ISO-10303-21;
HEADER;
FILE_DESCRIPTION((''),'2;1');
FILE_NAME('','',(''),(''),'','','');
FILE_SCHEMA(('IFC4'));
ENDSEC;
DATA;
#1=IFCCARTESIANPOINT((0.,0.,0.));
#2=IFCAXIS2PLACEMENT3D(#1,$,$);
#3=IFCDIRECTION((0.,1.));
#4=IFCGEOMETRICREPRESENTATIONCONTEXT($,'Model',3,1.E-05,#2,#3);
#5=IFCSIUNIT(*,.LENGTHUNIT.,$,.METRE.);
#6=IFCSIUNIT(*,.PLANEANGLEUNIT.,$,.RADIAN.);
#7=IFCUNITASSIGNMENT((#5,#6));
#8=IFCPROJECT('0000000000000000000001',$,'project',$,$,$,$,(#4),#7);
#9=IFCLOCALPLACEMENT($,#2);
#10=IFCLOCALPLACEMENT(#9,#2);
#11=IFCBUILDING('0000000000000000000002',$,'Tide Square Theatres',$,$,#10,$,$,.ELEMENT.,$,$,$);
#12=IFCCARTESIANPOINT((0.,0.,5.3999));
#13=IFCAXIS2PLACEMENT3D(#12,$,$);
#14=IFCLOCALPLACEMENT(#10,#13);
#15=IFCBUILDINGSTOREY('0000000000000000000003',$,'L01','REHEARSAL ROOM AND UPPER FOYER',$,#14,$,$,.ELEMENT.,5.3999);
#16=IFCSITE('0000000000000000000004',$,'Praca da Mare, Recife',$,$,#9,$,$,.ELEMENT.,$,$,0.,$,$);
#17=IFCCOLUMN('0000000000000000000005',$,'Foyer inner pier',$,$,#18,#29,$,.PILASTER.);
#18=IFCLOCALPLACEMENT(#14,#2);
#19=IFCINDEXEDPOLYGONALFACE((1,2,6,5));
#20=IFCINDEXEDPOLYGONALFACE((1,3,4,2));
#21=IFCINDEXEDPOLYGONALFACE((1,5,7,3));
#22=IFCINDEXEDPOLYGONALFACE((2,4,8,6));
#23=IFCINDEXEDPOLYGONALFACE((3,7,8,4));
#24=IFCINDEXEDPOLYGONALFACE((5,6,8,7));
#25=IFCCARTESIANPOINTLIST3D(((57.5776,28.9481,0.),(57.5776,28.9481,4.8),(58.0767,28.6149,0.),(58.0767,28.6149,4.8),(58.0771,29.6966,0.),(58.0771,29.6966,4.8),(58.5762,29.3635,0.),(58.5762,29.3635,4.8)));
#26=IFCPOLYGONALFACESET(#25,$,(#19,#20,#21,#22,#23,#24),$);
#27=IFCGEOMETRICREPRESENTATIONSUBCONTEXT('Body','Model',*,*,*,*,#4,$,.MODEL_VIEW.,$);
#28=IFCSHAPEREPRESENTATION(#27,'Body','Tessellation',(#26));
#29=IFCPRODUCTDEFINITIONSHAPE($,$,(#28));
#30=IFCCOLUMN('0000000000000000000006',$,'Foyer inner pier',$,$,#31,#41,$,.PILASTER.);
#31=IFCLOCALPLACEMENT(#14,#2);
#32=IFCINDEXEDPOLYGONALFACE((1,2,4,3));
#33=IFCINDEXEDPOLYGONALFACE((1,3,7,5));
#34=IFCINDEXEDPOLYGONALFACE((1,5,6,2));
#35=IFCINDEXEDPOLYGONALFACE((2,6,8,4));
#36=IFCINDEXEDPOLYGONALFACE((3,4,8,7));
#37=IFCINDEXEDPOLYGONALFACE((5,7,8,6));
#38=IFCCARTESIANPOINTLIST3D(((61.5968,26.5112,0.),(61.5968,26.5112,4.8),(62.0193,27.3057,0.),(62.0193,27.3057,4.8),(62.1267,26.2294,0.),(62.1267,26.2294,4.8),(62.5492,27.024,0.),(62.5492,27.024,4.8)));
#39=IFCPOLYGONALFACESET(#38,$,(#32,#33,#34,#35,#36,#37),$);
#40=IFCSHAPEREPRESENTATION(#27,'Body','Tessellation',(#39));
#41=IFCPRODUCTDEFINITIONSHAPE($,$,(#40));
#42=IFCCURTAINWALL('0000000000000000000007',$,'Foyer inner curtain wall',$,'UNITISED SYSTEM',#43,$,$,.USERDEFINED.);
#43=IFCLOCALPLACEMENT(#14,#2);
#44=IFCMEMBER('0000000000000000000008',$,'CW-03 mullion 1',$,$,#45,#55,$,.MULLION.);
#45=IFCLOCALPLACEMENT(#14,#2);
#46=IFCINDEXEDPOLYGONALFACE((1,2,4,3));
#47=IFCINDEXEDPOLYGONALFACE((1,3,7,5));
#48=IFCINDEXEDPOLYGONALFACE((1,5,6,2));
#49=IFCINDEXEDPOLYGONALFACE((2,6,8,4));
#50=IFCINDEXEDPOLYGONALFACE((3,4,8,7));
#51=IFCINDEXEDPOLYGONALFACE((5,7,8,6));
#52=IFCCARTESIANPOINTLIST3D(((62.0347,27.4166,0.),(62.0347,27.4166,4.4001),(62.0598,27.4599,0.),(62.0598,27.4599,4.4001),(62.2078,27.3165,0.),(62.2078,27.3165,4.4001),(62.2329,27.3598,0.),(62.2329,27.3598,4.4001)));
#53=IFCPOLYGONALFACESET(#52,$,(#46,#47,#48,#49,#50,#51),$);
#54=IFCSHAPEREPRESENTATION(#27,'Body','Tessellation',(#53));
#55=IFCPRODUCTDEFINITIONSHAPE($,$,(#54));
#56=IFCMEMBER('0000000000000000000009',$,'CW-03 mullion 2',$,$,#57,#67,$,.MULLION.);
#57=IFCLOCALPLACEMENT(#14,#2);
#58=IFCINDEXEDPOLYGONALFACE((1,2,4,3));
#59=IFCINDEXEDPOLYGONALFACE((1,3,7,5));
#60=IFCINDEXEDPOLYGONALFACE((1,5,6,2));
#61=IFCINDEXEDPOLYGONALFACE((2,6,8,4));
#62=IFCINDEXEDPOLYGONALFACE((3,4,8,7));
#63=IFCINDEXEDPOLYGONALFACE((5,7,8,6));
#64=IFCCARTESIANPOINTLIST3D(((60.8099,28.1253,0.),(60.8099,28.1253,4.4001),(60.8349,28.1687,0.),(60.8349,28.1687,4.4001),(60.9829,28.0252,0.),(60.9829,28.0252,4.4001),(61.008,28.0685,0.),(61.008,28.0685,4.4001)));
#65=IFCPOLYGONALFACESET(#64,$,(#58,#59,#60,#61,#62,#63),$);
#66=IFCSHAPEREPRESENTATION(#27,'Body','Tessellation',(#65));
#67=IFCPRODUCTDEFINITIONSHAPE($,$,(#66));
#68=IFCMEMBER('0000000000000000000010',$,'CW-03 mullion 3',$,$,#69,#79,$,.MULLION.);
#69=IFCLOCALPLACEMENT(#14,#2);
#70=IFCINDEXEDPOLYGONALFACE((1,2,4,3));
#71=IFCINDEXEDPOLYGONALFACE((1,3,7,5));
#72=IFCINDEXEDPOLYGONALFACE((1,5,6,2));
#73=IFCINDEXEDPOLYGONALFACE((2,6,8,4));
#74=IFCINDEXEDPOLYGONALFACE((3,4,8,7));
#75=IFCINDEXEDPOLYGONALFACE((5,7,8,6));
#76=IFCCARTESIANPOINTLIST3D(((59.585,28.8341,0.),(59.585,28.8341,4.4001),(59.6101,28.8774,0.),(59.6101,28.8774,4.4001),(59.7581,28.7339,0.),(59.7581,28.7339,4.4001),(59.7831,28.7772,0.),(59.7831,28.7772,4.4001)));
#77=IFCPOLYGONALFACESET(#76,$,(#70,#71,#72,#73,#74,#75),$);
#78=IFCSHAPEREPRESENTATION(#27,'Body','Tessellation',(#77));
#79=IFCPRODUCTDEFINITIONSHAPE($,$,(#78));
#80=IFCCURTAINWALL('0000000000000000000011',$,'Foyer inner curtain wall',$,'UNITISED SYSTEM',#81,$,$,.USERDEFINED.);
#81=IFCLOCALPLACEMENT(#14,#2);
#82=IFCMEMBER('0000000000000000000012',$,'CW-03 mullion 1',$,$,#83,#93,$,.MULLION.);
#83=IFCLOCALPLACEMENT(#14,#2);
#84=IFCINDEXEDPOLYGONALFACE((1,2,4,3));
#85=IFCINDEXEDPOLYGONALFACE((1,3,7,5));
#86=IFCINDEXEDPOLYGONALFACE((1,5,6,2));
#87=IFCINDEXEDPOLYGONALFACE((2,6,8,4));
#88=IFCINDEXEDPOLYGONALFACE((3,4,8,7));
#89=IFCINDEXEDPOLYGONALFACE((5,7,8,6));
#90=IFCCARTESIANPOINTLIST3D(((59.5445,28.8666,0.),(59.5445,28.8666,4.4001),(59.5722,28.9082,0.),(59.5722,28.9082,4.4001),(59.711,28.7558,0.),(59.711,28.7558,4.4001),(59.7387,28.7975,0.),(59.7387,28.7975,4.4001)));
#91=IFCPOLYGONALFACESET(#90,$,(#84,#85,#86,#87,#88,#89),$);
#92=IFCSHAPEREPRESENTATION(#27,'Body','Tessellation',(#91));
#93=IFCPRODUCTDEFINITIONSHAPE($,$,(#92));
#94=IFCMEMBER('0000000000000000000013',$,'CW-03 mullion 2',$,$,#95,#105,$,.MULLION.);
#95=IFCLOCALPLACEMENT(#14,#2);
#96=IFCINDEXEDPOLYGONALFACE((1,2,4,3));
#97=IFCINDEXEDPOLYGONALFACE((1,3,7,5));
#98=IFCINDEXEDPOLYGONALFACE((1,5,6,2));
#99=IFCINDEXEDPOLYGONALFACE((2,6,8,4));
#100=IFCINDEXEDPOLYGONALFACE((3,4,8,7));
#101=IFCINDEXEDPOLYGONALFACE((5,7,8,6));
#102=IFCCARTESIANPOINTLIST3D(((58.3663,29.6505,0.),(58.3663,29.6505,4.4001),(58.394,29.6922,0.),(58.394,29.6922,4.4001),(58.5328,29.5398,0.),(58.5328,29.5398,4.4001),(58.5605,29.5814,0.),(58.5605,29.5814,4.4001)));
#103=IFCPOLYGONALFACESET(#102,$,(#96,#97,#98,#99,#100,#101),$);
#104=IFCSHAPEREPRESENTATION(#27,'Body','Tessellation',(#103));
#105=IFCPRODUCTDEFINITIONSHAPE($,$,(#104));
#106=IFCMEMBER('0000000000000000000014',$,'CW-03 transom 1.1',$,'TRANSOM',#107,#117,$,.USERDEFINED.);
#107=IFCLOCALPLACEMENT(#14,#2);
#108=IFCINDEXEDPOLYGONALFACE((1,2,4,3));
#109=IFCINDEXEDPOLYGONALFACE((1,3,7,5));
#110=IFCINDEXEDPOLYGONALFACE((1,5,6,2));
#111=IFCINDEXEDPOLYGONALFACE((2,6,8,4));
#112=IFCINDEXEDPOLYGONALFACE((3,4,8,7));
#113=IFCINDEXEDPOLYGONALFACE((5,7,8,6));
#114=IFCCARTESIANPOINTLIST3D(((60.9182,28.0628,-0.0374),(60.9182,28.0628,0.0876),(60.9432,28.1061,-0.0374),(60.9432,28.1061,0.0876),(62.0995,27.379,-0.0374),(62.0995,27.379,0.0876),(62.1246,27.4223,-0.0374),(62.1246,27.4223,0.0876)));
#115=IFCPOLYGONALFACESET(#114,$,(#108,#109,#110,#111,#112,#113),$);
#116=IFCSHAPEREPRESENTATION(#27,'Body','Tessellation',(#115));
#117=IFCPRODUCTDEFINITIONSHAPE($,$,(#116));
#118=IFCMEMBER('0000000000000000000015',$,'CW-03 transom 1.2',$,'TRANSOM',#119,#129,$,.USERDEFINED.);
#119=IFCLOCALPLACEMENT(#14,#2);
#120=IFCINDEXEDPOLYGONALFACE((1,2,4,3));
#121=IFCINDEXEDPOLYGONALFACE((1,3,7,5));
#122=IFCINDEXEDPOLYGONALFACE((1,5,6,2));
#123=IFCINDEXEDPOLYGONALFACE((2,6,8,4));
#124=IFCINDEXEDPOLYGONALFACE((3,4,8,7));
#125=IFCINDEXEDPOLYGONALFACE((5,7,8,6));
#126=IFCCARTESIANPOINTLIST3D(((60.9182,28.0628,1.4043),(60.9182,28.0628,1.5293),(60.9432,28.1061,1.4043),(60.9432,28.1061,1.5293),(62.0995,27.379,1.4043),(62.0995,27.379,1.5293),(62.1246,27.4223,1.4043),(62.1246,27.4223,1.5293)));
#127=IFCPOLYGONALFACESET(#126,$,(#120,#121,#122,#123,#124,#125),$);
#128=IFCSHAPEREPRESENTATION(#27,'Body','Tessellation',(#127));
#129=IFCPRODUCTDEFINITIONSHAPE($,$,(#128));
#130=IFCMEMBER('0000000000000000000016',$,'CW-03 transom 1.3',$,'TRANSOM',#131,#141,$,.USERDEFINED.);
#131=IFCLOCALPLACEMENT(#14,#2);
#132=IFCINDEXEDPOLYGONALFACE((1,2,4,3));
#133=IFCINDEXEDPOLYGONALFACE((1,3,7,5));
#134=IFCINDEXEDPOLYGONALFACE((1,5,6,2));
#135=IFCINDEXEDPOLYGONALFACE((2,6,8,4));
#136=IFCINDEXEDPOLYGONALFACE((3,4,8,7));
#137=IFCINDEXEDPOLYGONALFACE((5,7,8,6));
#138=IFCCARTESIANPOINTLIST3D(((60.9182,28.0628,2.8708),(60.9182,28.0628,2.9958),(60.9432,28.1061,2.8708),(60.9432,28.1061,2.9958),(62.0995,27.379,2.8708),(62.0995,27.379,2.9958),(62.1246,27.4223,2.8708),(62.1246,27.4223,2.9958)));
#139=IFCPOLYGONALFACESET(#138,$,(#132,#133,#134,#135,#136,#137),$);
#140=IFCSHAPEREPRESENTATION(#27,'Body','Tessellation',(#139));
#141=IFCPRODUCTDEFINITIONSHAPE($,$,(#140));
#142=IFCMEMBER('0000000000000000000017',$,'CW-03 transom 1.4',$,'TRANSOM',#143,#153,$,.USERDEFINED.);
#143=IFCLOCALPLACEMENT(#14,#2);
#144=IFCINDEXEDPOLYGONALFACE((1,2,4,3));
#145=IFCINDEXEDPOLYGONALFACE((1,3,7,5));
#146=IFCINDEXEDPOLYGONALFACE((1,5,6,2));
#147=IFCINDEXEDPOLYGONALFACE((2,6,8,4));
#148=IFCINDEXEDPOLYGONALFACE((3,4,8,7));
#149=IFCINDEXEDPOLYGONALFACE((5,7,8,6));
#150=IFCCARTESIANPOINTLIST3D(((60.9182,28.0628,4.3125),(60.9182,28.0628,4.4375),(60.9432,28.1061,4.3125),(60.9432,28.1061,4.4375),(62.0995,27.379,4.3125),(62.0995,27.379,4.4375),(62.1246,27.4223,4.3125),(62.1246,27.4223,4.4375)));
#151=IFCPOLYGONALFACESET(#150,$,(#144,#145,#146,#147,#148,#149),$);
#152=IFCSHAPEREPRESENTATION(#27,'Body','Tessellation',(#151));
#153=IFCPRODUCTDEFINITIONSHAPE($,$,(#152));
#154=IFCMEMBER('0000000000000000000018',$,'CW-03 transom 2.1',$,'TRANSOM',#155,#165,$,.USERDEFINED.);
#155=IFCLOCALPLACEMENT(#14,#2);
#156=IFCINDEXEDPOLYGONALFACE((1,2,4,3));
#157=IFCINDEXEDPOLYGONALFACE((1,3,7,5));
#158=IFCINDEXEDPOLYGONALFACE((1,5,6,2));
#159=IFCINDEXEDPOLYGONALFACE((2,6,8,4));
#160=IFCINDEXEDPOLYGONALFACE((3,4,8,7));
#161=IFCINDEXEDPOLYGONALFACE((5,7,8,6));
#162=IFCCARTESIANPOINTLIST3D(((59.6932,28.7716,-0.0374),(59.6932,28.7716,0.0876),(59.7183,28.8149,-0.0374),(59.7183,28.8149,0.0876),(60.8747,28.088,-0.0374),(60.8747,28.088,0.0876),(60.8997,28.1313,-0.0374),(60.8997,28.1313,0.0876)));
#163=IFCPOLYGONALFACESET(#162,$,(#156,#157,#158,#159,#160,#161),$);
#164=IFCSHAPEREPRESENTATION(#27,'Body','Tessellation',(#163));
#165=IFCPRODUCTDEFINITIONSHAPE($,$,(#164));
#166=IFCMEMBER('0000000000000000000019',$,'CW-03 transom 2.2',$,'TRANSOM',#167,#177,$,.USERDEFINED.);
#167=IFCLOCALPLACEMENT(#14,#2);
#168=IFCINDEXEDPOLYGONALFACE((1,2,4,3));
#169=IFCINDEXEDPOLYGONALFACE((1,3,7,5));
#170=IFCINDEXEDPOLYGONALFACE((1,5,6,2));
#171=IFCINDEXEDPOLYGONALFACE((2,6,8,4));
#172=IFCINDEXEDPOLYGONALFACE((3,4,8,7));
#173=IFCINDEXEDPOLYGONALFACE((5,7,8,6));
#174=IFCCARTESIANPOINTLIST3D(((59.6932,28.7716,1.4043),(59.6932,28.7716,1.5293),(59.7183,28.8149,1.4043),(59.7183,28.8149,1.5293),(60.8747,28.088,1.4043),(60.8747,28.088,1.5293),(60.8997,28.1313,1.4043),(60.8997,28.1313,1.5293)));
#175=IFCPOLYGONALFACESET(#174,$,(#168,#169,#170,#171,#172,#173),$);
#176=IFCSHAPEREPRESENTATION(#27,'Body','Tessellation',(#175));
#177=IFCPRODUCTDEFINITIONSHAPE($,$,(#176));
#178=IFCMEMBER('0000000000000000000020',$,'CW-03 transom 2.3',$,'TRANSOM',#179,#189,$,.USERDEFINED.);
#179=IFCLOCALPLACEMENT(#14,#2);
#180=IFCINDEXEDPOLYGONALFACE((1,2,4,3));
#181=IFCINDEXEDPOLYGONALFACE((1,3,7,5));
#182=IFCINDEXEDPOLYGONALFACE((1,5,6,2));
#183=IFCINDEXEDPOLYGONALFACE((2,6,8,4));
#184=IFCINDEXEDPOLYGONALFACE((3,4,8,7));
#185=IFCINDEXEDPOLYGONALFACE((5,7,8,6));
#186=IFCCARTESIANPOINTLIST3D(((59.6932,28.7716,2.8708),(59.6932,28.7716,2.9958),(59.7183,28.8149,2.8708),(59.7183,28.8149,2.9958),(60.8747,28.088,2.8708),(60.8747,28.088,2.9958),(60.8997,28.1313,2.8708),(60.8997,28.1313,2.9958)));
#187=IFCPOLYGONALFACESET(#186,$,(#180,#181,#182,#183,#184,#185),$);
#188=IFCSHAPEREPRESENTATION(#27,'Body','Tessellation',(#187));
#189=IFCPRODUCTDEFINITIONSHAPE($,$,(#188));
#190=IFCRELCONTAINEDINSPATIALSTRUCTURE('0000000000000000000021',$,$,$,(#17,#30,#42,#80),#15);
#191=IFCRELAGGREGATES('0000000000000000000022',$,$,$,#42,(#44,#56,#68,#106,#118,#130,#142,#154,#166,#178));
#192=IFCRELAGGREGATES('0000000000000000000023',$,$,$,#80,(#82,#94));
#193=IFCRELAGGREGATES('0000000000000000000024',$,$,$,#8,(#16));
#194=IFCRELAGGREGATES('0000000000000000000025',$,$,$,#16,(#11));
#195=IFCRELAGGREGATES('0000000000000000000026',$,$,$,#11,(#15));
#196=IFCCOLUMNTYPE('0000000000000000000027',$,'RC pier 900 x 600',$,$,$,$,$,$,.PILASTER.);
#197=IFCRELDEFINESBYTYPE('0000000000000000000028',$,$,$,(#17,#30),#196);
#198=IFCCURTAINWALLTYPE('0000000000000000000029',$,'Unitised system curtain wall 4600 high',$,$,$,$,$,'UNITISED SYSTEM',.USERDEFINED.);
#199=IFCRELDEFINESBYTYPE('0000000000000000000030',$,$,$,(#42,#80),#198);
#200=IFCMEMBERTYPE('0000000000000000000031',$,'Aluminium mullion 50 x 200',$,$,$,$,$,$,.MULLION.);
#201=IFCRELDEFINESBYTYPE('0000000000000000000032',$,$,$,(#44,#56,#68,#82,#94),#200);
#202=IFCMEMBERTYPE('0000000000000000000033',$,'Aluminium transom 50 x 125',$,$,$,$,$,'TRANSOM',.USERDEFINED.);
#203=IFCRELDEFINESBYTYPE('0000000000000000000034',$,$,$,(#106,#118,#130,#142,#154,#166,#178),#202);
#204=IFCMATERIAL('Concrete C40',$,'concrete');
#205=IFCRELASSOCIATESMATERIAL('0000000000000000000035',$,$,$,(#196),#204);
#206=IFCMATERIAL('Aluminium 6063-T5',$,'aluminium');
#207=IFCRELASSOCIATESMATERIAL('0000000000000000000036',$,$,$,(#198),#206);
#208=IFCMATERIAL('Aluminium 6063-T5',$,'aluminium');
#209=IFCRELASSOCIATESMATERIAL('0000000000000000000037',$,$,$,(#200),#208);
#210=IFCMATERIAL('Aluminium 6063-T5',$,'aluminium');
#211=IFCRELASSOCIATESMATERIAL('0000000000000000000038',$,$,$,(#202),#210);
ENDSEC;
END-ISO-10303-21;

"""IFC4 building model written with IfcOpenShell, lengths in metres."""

from ifc_helpers import new_model, si_unit, direction, frame, origin, origin_2d, place, context, subcontext, project, spatial, rectangle, extrude, material, material_profile, profile_set, type_object, element, aggregate, save


model = new_model("IFC4")

# Units and contexts
model_context = context("Model", 3, precision=1e-05, world=origin(), true_north=direction((0.0, 1.0)))
body_context = subcontext(model_context, "Body", "Model", "MODEL_VIEW")
ifc_project = project(units=[si_unit("LENGTHUNIT", "METRE"), si_unit("PLANEANGLEUNIT", "RADIAN")], contexts=[model_context])

# Site, building, storey
site_placement = place(None, origin())
site = spatial("IfcSite", under=ifc_project, at=site_placement, Name="Praca da Mare, Recife", CompositionType="ELEMENT", RefElevation=0.0)
building_placement = place(site_placement, origin())
building = spatial("IfcBuilding", under=site, at=building_placement, Name="Tide Square Theatres", CompositionType="ELEMENT")
storey_placement = place(building_placement, frame((0.0, 0.0, 5.3999)))
storey = spatial("IfcBuildingStorey", under=building, at=storey_placement, Name="L01", Description="REHEARSAL ROOM AND UPPER FOYER", CompositionType="ELEMENT", Elevation=5.3999)

# Columns
ifc_material_1 = material(Name="Concrete C40", Category="concrete")
ifc_material_profile_1 = material_profile(ifc_material_1, rectangle(XDim=0.8999, YDim=0.6001, at=origin_2d()))
ifc_profile_set_1 = profile_set([ifc_material_profile_1], Name="Concrete C40")
column_type = type_object("IfcColumnType", Name="RC pier 900 x 600", PredefinedType="PILASTER", material=ifc_profile_set_1)
for number, where, z_axis, x_axis, name in (
    (1, (58.0769, 29.1558, 0.0), (0.0, 0.0, 1.0), (-0.5551, -0.831784, 0.0), "Foyer inner pier"),
    (2, (62.073, 26.7676, 0.0), (0.0, 0.0, 1.0), (-0.469527, -0.882918, 0.0), "Foyer inner pier"),
):
    element("IfcColumn", number, at=place(storey_placement, frame(where, z_axis=z_axis, x_axis=x_axis)), inside=storey, type_object=column_type, Name=name, PredefinedType="PILASTER", context=body_context, shape_type="SweptSolid", body=[
        extrude(rectangle(XDim=0.8999, YDim=0.6001, at=origin_2d()), origin(), (0.0, 0.0, 1.0), 4.8),
    ])

# Curtain walls, members
ifc_material_2 = material(Name="Aluminium 6063-T5", Category="aluminium")
curtain_wall_type = type_object("IfcCurtainWallType", Name="Unitised system curtain wall 4600 high", ElementType="UNITISED SYSTEM", PredefinedType="USERDEFINED", material=ifc_material_2)
curtain_wall_1_placement = place(storey_placement, origin())
curtain_wall_1 = element("IfcCurtainWall", 3, at=curtain_wall_1_placement, inside=storey, type_object=curtain_wall_type, Name="Foyer inner curtain wall", ObjectType="UNITISED SYSTEM", PredefinedType="USERDEFINED")
ifc_material_3 = material(Name="Aluminium 6063-T5", Category="aluminium")
ifc_material_profile_2 = material_profile(ifc_material_3, rectangle(XDim=0.05, YDim=0.2, at=origin_2d()))
ifc_profile_set_2 = profile_set([ifc_material_profile_2], Name="Aluminium 6063-T5")
member_type_1 = type_object("IfcMemberType", Name="Aluminium mullion 50 x 200", PredefinedType="MULLION", material=ifc_profile_set_2)
member_1_placement = place(storey_placement, frame((62.1338, 27.3882, 0.0), z_axis=(0.0, 0.0, 1.0), x_axis=(-0.500865, -0.865525, 0.0)))
member_1 = element("IfcMember", 4, at=member_1_placement, type_object=member_type_1, Name="CW-03 mullion 1", PredefinedType="MULLION", context=body_context, shape_type="SweptSolid", body=[
    extrude(rectangle(XDim=0.05, YDim=0.2, at=origin_2d()), origin(), (0.0, 0.0, 1.0), 4.4001),
])
member_2_placement = place(storey_placement, frame((60.9089, 28.0969, 0.0), z_axis=(0.0, 0.0, 1.0), x_axis=(-0.500865, -0.865525, 0.0)))
member_2 = element("IfcMember", 5, at=member_2_placement, type_object=member_type_1, Name="CW-03 mullion 2", PredefinedType="MULLION", context=body_context, shape_type="SweptSolid", body=[
    extrude(rectangle(XDim=0.05, YDim=0.2, at=origin_2d()), origin(), (0.0, 0.0, 1.0), 4.4001),
])
member_3_placement = place(storey_placement, frame((59.6841, 28.8057, 0.0), z_axis=(0.0, 0.0, 1.0), x_axis=(-0.500865, -0.865525, 0.0)))
member_3 = element("IfcMember", 6, at=member_3_placement, type_object=member_type_1, Name="CW-03 mullion 3", PredefinedType="MULLION", context=body_context, shape_type="SweptSolid", body=[
    extrude(rectangle(XDim=0.05, YDim=0.2, at=origin_2d()), origin(), (0.0, 0.0, 1.0), 4.4001),
])
curtain_wall_2_placement = place(storey_placement, origin())
curtain_wall_2 = element("IfcCurtainWall", 7, at=curtain_wall_2_placement, inside=storey, type_object=curtain_wall_type, Name="Foyer inner curtain wall", ObjectType="UNITISED SYSTEM", PredefinedType="USERDEFINED")
member_4_placement = place(storey_placement, frame((59.6416, 28.832, 0.0), z_axis=(0.0, 0.0, 1.0), x_axis=(-0.553915, -0.832573, 0.0)))
member_4 = element("IfcMember", 8, at=member_4_placement, type_object=member_type_1, Name="CW-03 mullion 1", PredefinedType="MULLION", context=body_context, shape_type="SweptSolid", body=[
    extrude(rectangle(XDim=0.05, YDim=0.2, at=origin_2d()), origin(), (0.0, 0.0, 1.0), 4.4001),
])
member_5_placement = place(storey_placement, frame((58.4634, 29.616, 0.0), z_axis=(0.0, 0.0, 1.0), x_axis=(-0.553915, -0.832573, 0.0)))
member_5 = element("IfcMember", 9, at=member_5_placement, type_object=member_type_1, Name="CW-03 mullion 2", PredefinedType="MULLION", context=body_context, shape_type="SweptSolid", body=[
    extrude(rectangle(XDim=0.05, YDim=0.2, at=origin_2d()), origin(), (0.0, 0.0, 1.0), 4.4001),
])

# Members
ifc_material_4 = material(Name="Aluminium 6063-T5", Category="aluminium")
ifc_material_profile_3 = material_profile(ifc_material_4, rectangle(XDim=0.05, YDim=0.125, at=origin_2d()))
ifc_profile_set_3 = profile_set([ifc_material_profile_3], Name="Aluminium 6063-T5")
member_type_2 = type_object("IfcMemberType", Name="Aluminium transom 50 x 125", ElementType="TRANSOM", PredefinedType="USERDEFINED", material=ifc_profile_set_3)
member_6_placement = place(storey_placement, frame((62.1121, 27.4006, 0.0251), z_axis=(-0.865467, 0.500966, 0.0), x_axis=(-0.500966, -0.865467, 0.0)))
member_6 = element("IfcMember", 10, at=member_6_placement, type_object=member_type_2, Name="CW-03 transom 1.1", ObjectType="TRANSOM", PredefinedType="USERDEFINED", context=body_context, shape_type="SweptSolid", body=[
    extrude(rectangle(XDim=0.05, YDim=0.125, at=origin_2d()), origin(), (0.0, 0.0, 1.0), 1.365),
])
member_7_placement = place(storey_placement, frame((62.1121, 27.4006, 1.4668), z_axis=(-0.865467, 0.500966, 0.0), x_axis=(-0.500966, -0.865467, 0.0)))
member_7 = element("IfcMember", 11, at=member_7_placement, type_object=member_type_2, Name="CW-03 transom 1.2", ObjectType="TRANSOM", PredefinedType="USERDEFINED", context=body_context, shape_type="SweptSolid", body=[
    extrude(rectangle(XDim=0.05, YDim=0.125, at=origin_2d()), origin(), (0.0, 0.0, 1.0), 1.365),
])
member_8_placement = place(storey_placement, frame((62.1121, 27.4006, 2.9333), z_axis=(-0.865467, 0.500966, 0.0), x_axis=(-0.500966, -0.865467, 0.0)))
member_8 = element("IfcMember", 12, at=member_8_placement, type_object=member_type_2, Name="CW-03 transom 1.3", ObjectType="TRANSOM", PredefinedType="USERDEFINED", context=body_context, shape_type="SweptSolid", body=[
    extrude(rectangle(XDim=0.05, YDim=0.125, at=origin_2d()), origin(), (0.0, 0.0, 1.0), 1.365),
])
member_9_placement = place(storey_placement, frame((62.1121, 27.4006, 4.375), z_axis=(-0.865467, 0.500966, 0.0), x_axis=(-0.500966, -0.865467, 0.0)))
member_9 = element("IfcMember", 13, at=member_9_placement, type_object=member_type_2, Name="CW-03 transom 1.4", ObjectType="TRANSOM", PredefinedType="USERDEFINED", context=body_context, shape_type="SweptSolid", body=[
    extrude(rectangle(XDim=0.05, YDim=0.125, at=origin_2d()), origin(), (0.0, 0.0, 1.0), 1.365),
])
member_10_placement = place(storey_placement, frame((60.8872, 28.1096, 0.0251), z_axis=(-0.865545, 0.500832, 0.0), x_axis=(-0.500832, -0.865545, 0.0)))
member_10 = element("IfcMember", 14, at=member_10_placement, type_object=member_type_2, Name="CW-03 transom 2.1", ObjectType="TRANSOM", PredefinedType="USERDEFINED", context=body_context, shape_type="SweptSolid", body=[
    extrude(rectangle(XDim=0.05, YDim=0.125, at=origin_2d()), origin(), (0.0, 0.0, 1.0), 1.365),
])
member_11_placement = place(storey_placement, frame((60.8872, 28.1096, 1.4668), z_axis=(-0.865545, 0.500832, 0.0), x_axis=(-0.500832, -0.865545, 0.0)))
member_11 = element("IfcMember", 15, at=member_11_placement, type_object=member_type_2, Name="CW-03 transom 2.2", ObjectType="TRANSOM", PredefinedType="USERDEFINED", context=body_context, shape_type="SweptSolid", body=[
    extrude(rectangle(XDim=0.05, YDim=0.125, at=origin_2d()), origin(), (0.0, 0.0, 1.0), 1.365),
])
member_12_placement = place(storey_placement, frame((60.8872, 28.1096, 2.9333), z_axis=(-0.865545, 0.500832, 0.0), x_axis=(-0.500832, -0.865545, 0.0)))
member_12 = element("IfcMember", 16, at=member_12_placement, type_object=member_type_2, Name="CW-03 transom 2.3", ObjectType="TRANSOM", PredefinedType="USERDEFINED", context=body_context, shape_type="SweptSolid", body=[
    extrude(rectangle(XDim=0.05, YDim=0.125, at=origin_2d()), origin(), (0.0, 0.0, 1.0), 1.365),
])

aggregate(curtain_wall_1, [member_1, member_2, member_3, member_6, member_7, member_8, member_9, member_10, member_11, member_12])
aggregate(curtain_wall_2, [member_4, member_5])

save(model, "model.ifc")
